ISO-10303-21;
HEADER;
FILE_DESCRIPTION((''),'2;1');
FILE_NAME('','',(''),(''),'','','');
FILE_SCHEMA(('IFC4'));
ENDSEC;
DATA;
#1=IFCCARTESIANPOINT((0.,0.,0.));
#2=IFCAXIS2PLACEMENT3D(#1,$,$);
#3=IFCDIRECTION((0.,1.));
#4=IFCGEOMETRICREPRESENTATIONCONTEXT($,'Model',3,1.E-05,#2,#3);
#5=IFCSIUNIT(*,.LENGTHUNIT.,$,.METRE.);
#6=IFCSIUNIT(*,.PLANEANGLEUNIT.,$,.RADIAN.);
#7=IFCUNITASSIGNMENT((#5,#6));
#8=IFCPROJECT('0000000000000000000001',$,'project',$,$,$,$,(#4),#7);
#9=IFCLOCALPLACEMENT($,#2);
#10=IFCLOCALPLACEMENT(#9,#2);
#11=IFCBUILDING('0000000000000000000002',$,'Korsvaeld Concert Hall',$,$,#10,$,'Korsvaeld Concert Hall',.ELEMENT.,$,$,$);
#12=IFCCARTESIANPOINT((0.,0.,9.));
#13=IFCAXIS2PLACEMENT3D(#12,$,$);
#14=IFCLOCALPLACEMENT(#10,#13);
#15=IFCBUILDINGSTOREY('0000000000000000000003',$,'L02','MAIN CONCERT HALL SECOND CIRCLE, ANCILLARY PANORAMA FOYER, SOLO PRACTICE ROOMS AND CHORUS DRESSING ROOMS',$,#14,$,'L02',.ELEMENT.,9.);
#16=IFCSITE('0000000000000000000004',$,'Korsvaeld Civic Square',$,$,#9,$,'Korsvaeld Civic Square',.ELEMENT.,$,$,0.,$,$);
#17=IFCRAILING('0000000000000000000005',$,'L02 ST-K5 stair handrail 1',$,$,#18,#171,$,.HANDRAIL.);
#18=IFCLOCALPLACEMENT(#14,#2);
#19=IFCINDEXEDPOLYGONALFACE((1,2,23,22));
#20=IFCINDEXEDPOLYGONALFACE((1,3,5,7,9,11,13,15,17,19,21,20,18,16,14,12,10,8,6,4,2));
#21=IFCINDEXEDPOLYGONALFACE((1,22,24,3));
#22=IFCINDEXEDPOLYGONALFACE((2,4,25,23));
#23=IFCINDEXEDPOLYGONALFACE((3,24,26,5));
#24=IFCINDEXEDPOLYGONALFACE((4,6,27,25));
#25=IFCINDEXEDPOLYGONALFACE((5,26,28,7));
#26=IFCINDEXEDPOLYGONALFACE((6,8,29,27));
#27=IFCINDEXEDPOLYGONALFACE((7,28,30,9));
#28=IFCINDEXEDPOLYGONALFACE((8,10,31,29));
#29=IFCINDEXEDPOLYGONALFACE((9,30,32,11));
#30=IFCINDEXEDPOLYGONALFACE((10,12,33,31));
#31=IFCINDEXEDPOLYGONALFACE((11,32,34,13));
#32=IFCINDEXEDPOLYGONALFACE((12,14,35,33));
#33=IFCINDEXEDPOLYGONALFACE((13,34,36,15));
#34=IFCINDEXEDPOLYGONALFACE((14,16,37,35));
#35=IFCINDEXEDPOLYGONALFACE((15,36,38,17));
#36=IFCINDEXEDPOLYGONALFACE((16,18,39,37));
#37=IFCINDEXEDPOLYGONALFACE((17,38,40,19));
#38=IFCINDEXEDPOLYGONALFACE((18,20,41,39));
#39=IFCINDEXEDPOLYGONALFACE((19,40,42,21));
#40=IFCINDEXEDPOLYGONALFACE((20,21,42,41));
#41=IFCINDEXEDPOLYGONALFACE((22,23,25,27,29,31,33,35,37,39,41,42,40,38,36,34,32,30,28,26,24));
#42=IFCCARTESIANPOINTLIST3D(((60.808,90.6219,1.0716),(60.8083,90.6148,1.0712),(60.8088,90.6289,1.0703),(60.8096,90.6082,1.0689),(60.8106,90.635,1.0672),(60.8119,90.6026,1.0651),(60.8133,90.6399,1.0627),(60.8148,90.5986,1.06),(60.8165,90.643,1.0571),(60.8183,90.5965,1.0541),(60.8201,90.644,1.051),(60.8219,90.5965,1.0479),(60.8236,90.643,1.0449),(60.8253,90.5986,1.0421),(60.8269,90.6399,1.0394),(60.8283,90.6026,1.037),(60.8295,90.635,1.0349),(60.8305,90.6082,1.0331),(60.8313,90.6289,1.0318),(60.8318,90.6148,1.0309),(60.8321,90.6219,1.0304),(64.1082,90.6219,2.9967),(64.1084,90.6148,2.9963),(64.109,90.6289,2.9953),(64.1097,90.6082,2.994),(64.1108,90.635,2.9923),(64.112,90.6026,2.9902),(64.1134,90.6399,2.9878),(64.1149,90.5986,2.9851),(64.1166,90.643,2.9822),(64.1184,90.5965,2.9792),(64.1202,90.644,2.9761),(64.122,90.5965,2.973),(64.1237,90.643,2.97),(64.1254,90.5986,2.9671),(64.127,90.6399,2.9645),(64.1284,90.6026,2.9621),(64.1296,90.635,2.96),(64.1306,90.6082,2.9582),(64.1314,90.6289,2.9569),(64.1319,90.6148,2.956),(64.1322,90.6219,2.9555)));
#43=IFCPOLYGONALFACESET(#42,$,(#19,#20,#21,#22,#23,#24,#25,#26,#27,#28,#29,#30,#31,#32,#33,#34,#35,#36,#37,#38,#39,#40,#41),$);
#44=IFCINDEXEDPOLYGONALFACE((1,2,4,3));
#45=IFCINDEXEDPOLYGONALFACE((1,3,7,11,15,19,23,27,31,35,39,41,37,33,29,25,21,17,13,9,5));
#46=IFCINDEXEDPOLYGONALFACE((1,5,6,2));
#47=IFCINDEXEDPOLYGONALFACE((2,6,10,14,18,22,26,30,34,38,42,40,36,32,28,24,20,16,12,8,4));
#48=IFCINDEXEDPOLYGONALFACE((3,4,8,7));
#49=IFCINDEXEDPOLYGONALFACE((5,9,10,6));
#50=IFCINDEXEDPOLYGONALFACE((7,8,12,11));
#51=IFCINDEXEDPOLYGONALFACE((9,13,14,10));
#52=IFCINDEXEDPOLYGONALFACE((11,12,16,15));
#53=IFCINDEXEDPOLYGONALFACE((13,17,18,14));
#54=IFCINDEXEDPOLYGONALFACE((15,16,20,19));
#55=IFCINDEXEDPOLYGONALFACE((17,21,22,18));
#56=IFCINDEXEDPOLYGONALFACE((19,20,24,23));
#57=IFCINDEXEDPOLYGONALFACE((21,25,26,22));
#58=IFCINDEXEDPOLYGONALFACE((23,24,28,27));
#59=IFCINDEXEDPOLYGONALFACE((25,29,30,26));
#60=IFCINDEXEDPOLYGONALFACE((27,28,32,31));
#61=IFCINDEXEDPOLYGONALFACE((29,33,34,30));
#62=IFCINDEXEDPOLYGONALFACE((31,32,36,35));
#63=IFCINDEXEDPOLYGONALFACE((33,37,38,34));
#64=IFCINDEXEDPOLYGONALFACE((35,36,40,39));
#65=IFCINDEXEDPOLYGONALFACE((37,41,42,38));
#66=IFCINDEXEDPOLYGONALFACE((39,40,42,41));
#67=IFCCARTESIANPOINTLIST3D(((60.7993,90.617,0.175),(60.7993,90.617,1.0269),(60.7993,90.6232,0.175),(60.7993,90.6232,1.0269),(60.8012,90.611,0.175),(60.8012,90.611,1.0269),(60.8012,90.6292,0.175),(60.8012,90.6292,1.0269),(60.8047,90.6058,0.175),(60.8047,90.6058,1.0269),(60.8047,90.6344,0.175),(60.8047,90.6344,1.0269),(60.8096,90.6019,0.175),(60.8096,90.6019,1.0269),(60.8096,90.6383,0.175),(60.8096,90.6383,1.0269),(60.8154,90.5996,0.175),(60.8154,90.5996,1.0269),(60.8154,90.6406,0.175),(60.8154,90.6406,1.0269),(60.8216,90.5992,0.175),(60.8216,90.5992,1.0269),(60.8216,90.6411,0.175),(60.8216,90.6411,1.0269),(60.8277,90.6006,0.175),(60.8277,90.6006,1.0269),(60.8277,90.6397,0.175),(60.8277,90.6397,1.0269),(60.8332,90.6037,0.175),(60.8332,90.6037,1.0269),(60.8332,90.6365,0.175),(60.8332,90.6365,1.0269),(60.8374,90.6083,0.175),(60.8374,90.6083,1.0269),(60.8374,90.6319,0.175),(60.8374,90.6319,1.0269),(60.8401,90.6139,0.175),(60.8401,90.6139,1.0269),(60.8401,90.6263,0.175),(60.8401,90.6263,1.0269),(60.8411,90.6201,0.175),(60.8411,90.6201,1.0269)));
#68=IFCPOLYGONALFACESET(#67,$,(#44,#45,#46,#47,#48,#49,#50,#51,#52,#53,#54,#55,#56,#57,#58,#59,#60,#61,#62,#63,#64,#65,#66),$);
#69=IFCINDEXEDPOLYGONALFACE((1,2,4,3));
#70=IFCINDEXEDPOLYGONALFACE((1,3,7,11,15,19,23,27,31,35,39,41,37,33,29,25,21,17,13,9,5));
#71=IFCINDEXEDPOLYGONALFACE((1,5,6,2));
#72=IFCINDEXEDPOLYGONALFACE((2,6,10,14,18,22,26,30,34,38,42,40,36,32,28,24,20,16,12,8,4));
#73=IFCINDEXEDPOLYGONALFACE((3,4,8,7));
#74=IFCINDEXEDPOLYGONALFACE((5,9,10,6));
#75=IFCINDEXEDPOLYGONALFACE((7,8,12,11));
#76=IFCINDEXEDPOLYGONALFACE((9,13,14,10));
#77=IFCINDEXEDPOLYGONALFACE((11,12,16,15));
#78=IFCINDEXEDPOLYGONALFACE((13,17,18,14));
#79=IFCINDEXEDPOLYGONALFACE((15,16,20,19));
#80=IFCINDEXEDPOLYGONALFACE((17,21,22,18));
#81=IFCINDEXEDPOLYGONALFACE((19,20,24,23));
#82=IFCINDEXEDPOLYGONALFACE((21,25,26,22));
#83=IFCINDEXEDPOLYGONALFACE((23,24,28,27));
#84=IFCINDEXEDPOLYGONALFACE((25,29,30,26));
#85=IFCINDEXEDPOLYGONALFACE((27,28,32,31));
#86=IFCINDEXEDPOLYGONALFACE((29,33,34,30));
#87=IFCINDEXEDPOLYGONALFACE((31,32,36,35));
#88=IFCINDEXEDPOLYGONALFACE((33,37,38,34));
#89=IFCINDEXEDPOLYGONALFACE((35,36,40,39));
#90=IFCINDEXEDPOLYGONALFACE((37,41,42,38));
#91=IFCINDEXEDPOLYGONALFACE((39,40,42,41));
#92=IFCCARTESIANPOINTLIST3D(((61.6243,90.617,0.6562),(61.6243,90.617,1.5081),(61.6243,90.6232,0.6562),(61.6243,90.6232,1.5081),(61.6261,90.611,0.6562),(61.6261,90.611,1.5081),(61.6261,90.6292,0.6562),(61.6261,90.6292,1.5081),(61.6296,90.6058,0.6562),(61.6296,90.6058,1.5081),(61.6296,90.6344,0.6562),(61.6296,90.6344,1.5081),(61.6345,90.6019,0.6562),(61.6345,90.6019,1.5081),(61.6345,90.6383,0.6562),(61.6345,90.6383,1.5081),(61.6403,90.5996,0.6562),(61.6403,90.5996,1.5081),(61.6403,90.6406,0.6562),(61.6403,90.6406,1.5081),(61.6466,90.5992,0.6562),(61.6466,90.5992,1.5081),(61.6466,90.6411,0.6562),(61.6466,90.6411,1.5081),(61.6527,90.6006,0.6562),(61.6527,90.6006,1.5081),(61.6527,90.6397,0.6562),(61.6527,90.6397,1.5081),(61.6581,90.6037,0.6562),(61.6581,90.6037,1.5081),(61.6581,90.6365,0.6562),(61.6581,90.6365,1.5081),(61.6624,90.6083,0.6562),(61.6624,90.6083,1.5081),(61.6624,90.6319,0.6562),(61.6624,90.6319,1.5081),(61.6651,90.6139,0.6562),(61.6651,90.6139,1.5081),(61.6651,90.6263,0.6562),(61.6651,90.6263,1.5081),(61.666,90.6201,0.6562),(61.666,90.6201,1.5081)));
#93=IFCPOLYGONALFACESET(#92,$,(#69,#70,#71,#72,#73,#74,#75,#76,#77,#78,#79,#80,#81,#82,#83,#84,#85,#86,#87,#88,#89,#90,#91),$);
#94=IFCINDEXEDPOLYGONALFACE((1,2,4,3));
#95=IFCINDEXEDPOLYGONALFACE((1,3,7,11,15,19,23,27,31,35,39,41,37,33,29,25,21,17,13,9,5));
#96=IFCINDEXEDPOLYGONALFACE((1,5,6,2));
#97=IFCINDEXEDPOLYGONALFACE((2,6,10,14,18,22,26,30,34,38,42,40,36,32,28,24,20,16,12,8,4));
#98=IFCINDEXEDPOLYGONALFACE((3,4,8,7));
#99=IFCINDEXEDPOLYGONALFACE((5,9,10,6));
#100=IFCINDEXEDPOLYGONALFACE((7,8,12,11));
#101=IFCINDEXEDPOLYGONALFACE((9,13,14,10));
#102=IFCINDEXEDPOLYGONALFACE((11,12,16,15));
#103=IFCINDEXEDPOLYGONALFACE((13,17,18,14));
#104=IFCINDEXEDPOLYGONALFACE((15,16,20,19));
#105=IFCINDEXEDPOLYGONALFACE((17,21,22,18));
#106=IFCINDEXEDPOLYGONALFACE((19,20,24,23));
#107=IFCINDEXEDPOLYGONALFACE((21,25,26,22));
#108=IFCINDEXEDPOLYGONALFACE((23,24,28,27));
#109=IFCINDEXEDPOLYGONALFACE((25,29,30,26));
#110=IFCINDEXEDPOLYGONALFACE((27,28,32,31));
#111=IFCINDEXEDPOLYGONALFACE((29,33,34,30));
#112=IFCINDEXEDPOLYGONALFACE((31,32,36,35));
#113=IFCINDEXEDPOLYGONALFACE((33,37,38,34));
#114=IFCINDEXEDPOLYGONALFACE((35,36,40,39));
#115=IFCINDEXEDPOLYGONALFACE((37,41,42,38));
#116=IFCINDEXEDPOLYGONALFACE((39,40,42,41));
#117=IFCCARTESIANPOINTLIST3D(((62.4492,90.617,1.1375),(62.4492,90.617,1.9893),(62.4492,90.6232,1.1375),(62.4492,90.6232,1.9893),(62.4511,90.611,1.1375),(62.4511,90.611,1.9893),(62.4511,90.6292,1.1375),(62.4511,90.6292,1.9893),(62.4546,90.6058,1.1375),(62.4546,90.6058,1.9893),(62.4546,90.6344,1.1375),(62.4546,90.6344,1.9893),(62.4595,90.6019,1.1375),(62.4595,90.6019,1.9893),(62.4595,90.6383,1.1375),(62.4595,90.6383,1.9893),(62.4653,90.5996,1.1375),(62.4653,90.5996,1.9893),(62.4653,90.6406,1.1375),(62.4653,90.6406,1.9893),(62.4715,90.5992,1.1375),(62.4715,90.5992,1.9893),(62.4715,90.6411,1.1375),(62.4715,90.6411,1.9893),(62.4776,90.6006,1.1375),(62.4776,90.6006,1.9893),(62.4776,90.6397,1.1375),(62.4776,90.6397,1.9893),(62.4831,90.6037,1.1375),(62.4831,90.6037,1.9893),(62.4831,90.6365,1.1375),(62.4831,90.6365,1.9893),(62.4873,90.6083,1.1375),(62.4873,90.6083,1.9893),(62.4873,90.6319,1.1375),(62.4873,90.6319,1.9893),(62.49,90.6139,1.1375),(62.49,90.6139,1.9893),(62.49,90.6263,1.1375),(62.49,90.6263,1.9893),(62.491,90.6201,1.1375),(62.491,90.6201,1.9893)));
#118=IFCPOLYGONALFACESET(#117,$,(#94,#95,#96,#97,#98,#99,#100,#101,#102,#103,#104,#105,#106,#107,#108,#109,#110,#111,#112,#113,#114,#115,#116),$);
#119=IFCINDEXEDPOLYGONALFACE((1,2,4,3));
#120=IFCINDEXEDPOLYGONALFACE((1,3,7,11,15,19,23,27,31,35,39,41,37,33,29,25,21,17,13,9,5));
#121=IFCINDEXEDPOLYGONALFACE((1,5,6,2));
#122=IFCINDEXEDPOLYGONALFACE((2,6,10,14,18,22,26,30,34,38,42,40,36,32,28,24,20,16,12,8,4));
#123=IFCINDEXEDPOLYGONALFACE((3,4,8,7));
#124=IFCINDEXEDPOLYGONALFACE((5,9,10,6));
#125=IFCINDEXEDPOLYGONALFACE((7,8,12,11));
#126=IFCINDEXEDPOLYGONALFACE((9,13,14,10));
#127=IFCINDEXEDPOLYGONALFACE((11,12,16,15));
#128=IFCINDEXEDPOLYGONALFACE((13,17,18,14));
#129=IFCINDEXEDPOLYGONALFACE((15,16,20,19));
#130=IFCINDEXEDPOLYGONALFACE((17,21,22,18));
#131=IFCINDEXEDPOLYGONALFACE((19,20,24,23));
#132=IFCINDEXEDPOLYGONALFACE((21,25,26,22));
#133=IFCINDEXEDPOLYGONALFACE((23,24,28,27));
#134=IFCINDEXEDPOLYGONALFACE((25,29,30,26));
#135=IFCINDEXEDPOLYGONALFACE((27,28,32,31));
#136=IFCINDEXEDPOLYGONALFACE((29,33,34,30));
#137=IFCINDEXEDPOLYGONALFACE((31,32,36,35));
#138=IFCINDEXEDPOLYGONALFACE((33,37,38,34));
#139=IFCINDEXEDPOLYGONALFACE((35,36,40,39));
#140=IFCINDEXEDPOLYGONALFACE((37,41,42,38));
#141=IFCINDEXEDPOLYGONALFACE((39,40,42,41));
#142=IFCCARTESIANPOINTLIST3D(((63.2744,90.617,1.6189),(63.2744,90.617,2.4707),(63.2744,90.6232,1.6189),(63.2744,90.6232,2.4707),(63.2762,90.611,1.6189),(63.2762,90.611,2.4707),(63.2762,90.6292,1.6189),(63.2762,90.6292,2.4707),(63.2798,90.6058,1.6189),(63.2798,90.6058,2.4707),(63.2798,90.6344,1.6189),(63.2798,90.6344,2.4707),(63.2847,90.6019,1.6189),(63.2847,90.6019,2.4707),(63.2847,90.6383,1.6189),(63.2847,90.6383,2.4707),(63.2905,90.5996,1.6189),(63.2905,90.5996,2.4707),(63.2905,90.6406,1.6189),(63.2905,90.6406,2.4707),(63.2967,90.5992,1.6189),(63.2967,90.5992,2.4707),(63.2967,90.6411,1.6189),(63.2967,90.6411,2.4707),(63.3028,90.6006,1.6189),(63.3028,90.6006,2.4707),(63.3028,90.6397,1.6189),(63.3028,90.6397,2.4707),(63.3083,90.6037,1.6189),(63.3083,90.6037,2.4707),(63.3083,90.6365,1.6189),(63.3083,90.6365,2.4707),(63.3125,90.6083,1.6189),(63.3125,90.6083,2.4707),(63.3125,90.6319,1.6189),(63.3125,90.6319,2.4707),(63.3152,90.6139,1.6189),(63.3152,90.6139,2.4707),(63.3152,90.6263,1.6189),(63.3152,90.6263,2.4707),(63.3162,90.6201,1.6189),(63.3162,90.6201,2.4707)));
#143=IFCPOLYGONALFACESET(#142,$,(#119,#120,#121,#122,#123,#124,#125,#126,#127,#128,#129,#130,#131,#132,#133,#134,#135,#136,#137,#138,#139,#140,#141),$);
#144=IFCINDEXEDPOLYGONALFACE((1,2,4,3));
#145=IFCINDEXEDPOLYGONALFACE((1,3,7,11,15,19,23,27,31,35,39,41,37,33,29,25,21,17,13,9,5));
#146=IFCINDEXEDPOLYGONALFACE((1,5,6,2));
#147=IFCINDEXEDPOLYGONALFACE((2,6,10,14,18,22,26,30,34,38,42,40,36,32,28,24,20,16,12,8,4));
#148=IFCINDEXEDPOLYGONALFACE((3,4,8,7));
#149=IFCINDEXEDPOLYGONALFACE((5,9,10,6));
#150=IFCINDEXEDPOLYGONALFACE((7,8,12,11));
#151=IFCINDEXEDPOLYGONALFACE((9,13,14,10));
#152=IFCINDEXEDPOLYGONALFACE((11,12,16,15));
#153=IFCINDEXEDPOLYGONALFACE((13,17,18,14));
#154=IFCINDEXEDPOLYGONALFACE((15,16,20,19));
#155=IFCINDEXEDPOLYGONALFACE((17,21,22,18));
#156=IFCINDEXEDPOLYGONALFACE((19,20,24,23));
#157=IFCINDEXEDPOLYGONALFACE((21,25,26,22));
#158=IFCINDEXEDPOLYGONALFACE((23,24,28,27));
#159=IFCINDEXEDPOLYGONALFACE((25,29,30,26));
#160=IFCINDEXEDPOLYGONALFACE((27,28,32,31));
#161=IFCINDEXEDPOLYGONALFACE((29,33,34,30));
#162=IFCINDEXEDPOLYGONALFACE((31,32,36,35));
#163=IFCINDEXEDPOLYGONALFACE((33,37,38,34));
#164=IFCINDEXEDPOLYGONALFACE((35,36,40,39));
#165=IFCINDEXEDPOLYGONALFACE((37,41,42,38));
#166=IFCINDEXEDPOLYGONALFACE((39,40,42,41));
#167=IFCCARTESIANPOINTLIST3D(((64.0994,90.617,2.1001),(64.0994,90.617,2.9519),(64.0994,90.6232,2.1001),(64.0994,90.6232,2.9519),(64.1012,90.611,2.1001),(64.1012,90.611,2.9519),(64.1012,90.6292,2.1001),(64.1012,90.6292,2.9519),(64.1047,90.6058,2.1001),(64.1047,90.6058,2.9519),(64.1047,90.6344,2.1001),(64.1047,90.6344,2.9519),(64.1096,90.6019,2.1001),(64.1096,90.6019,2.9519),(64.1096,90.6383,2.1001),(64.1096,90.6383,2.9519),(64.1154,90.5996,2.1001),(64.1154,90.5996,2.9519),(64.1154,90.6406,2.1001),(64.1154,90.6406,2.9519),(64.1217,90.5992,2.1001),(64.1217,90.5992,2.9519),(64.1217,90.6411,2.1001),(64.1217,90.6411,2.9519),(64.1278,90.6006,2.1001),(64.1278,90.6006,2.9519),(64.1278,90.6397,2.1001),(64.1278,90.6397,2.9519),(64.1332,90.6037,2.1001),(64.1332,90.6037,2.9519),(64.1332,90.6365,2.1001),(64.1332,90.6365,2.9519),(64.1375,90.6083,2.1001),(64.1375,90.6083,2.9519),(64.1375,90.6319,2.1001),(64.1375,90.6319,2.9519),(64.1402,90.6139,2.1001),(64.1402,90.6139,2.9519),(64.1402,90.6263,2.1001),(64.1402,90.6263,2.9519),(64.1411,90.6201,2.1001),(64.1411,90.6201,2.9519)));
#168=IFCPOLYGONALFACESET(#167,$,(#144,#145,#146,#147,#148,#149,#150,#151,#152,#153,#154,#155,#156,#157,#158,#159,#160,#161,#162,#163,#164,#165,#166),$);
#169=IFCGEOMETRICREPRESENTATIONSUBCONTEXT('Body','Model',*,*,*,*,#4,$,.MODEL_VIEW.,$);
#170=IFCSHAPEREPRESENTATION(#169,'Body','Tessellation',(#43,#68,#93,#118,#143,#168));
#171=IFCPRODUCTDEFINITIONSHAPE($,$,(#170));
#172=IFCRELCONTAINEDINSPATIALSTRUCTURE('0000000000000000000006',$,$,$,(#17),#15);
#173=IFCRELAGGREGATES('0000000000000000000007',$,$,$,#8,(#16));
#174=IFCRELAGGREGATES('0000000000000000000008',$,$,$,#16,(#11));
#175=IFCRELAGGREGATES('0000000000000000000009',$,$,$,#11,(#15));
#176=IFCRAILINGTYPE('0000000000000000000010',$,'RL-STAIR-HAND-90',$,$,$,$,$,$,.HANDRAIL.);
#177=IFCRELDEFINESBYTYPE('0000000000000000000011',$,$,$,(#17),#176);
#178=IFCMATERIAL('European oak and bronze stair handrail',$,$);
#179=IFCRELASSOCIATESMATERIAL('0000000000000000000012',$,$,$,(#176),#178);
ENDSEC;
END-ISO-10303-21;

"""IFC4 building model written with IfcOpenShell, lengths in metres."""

from ifc_helpers import new_model, si_unit, direction, frame, origin, origin_2d, place, context, subcontext, project, spatial, circle, extrude, material, type_object, element, save


model = new_model("IFC4")

# Units and contexts
model_context = context("Model", 3, precision=1e-05, world=origin(), true_north=direction((0.0, 1.0)))
body_context = subcontext(model_context, "Body", "Model", "MODEL_VIEW")
ifc_project = project(units=[si_unit("LENGTHUNIT", "METRE"), si_unit("PLANEANGLEUNIT", "RADIAN")], contexts=[model_context])

# Site, building, storey
site_placement = place(None, origin())
site = spatial("IfcSite", under=ifc_project, at=site_placement, Name="Korsvaeld Civic Square", LongName="Korsvaeld Civic Square", CompositionType="ELEMENT", RefElevation=0.0)
building_placement = place(site_placement, origin())
building = spatial("IfcBuilding", under=site, at=building_placement, Name="Korsvaeld Concert Hall", LongName="Korsvaeld Concert Hall", CompositionType="ELEMENT")
storey_placement = place(building_placement, frame((0.0, 0.0, 9.0)))
storey = spatial("IfcBuildingStorey", under=building, at=storey_placement, Name="L02", Description="MAIN CONCERT HALL SECOND CIRCLE, ANCILLARY PANORAMA FOYER, SOLO PRACTICE ROOMS AND CHORUS DRESSING ROOMS", LongName="L02", CompositionType="ELEMENT", Elevation=9.0)

# Railing
ifc_material_1 = material(Name="European oak and bronze stair handrail")
railing_type_1 = type_object("IfcRailingType", Name="RL-STAIR-HAND-90", PredefinedType="HANDRAIL", material=ifc_material_1)
railing_1_placement = place(storey_placement, frame((60.8201, 90.6201, 0.175)))
element("IfcRailing", 1, at=railing_1_placement, inside=storey, type_object=railing_type_1, Name="L02 ST-K5 stair handrail 1", PredefinedType="HANDRAIL", context=body_context, shape_type="SweptSolid", body=[
    extrude(circle(Radius=0.0239, at=origin_2d()), frame((0.0, 0.0, 0.876), z_axis=(0.863777, 0.0, 0.503875), x_axis=(0.0, 1.0, 0.0)), (0.0, 0.0, 1.0), 3.8206),
    extrude(circle(Radius=0.021, at=origin_2d()), origin(), (0.0, 0.0, 1.0), 0.8518),
    extrude(circle(Radius=0.021, at=origin_2d()), frame((0.825, 0.0, 0.4812)), (0.0, 0.0, 1.0), 0.8518),
    extrude(circle(Radius=0.021, at=origin_2d()), frame((1.6499, 0.0, 0.9624)), (0.0, 0.0, 1.0), 0.8518),
    extrude(circle(Radius=0.021, at=origin_2d()), frame((2.4751, 0.0, 1.4438)), (0.0, 0.0, 1.0), 0.8518),
    extrude(circle(Radius=0.021, at=origin_2d()), frame((3.3, 0.0, 1.925)), (0.0, 0.0, 1.0), 0.8518),
])

save(model, "model.ifc")
